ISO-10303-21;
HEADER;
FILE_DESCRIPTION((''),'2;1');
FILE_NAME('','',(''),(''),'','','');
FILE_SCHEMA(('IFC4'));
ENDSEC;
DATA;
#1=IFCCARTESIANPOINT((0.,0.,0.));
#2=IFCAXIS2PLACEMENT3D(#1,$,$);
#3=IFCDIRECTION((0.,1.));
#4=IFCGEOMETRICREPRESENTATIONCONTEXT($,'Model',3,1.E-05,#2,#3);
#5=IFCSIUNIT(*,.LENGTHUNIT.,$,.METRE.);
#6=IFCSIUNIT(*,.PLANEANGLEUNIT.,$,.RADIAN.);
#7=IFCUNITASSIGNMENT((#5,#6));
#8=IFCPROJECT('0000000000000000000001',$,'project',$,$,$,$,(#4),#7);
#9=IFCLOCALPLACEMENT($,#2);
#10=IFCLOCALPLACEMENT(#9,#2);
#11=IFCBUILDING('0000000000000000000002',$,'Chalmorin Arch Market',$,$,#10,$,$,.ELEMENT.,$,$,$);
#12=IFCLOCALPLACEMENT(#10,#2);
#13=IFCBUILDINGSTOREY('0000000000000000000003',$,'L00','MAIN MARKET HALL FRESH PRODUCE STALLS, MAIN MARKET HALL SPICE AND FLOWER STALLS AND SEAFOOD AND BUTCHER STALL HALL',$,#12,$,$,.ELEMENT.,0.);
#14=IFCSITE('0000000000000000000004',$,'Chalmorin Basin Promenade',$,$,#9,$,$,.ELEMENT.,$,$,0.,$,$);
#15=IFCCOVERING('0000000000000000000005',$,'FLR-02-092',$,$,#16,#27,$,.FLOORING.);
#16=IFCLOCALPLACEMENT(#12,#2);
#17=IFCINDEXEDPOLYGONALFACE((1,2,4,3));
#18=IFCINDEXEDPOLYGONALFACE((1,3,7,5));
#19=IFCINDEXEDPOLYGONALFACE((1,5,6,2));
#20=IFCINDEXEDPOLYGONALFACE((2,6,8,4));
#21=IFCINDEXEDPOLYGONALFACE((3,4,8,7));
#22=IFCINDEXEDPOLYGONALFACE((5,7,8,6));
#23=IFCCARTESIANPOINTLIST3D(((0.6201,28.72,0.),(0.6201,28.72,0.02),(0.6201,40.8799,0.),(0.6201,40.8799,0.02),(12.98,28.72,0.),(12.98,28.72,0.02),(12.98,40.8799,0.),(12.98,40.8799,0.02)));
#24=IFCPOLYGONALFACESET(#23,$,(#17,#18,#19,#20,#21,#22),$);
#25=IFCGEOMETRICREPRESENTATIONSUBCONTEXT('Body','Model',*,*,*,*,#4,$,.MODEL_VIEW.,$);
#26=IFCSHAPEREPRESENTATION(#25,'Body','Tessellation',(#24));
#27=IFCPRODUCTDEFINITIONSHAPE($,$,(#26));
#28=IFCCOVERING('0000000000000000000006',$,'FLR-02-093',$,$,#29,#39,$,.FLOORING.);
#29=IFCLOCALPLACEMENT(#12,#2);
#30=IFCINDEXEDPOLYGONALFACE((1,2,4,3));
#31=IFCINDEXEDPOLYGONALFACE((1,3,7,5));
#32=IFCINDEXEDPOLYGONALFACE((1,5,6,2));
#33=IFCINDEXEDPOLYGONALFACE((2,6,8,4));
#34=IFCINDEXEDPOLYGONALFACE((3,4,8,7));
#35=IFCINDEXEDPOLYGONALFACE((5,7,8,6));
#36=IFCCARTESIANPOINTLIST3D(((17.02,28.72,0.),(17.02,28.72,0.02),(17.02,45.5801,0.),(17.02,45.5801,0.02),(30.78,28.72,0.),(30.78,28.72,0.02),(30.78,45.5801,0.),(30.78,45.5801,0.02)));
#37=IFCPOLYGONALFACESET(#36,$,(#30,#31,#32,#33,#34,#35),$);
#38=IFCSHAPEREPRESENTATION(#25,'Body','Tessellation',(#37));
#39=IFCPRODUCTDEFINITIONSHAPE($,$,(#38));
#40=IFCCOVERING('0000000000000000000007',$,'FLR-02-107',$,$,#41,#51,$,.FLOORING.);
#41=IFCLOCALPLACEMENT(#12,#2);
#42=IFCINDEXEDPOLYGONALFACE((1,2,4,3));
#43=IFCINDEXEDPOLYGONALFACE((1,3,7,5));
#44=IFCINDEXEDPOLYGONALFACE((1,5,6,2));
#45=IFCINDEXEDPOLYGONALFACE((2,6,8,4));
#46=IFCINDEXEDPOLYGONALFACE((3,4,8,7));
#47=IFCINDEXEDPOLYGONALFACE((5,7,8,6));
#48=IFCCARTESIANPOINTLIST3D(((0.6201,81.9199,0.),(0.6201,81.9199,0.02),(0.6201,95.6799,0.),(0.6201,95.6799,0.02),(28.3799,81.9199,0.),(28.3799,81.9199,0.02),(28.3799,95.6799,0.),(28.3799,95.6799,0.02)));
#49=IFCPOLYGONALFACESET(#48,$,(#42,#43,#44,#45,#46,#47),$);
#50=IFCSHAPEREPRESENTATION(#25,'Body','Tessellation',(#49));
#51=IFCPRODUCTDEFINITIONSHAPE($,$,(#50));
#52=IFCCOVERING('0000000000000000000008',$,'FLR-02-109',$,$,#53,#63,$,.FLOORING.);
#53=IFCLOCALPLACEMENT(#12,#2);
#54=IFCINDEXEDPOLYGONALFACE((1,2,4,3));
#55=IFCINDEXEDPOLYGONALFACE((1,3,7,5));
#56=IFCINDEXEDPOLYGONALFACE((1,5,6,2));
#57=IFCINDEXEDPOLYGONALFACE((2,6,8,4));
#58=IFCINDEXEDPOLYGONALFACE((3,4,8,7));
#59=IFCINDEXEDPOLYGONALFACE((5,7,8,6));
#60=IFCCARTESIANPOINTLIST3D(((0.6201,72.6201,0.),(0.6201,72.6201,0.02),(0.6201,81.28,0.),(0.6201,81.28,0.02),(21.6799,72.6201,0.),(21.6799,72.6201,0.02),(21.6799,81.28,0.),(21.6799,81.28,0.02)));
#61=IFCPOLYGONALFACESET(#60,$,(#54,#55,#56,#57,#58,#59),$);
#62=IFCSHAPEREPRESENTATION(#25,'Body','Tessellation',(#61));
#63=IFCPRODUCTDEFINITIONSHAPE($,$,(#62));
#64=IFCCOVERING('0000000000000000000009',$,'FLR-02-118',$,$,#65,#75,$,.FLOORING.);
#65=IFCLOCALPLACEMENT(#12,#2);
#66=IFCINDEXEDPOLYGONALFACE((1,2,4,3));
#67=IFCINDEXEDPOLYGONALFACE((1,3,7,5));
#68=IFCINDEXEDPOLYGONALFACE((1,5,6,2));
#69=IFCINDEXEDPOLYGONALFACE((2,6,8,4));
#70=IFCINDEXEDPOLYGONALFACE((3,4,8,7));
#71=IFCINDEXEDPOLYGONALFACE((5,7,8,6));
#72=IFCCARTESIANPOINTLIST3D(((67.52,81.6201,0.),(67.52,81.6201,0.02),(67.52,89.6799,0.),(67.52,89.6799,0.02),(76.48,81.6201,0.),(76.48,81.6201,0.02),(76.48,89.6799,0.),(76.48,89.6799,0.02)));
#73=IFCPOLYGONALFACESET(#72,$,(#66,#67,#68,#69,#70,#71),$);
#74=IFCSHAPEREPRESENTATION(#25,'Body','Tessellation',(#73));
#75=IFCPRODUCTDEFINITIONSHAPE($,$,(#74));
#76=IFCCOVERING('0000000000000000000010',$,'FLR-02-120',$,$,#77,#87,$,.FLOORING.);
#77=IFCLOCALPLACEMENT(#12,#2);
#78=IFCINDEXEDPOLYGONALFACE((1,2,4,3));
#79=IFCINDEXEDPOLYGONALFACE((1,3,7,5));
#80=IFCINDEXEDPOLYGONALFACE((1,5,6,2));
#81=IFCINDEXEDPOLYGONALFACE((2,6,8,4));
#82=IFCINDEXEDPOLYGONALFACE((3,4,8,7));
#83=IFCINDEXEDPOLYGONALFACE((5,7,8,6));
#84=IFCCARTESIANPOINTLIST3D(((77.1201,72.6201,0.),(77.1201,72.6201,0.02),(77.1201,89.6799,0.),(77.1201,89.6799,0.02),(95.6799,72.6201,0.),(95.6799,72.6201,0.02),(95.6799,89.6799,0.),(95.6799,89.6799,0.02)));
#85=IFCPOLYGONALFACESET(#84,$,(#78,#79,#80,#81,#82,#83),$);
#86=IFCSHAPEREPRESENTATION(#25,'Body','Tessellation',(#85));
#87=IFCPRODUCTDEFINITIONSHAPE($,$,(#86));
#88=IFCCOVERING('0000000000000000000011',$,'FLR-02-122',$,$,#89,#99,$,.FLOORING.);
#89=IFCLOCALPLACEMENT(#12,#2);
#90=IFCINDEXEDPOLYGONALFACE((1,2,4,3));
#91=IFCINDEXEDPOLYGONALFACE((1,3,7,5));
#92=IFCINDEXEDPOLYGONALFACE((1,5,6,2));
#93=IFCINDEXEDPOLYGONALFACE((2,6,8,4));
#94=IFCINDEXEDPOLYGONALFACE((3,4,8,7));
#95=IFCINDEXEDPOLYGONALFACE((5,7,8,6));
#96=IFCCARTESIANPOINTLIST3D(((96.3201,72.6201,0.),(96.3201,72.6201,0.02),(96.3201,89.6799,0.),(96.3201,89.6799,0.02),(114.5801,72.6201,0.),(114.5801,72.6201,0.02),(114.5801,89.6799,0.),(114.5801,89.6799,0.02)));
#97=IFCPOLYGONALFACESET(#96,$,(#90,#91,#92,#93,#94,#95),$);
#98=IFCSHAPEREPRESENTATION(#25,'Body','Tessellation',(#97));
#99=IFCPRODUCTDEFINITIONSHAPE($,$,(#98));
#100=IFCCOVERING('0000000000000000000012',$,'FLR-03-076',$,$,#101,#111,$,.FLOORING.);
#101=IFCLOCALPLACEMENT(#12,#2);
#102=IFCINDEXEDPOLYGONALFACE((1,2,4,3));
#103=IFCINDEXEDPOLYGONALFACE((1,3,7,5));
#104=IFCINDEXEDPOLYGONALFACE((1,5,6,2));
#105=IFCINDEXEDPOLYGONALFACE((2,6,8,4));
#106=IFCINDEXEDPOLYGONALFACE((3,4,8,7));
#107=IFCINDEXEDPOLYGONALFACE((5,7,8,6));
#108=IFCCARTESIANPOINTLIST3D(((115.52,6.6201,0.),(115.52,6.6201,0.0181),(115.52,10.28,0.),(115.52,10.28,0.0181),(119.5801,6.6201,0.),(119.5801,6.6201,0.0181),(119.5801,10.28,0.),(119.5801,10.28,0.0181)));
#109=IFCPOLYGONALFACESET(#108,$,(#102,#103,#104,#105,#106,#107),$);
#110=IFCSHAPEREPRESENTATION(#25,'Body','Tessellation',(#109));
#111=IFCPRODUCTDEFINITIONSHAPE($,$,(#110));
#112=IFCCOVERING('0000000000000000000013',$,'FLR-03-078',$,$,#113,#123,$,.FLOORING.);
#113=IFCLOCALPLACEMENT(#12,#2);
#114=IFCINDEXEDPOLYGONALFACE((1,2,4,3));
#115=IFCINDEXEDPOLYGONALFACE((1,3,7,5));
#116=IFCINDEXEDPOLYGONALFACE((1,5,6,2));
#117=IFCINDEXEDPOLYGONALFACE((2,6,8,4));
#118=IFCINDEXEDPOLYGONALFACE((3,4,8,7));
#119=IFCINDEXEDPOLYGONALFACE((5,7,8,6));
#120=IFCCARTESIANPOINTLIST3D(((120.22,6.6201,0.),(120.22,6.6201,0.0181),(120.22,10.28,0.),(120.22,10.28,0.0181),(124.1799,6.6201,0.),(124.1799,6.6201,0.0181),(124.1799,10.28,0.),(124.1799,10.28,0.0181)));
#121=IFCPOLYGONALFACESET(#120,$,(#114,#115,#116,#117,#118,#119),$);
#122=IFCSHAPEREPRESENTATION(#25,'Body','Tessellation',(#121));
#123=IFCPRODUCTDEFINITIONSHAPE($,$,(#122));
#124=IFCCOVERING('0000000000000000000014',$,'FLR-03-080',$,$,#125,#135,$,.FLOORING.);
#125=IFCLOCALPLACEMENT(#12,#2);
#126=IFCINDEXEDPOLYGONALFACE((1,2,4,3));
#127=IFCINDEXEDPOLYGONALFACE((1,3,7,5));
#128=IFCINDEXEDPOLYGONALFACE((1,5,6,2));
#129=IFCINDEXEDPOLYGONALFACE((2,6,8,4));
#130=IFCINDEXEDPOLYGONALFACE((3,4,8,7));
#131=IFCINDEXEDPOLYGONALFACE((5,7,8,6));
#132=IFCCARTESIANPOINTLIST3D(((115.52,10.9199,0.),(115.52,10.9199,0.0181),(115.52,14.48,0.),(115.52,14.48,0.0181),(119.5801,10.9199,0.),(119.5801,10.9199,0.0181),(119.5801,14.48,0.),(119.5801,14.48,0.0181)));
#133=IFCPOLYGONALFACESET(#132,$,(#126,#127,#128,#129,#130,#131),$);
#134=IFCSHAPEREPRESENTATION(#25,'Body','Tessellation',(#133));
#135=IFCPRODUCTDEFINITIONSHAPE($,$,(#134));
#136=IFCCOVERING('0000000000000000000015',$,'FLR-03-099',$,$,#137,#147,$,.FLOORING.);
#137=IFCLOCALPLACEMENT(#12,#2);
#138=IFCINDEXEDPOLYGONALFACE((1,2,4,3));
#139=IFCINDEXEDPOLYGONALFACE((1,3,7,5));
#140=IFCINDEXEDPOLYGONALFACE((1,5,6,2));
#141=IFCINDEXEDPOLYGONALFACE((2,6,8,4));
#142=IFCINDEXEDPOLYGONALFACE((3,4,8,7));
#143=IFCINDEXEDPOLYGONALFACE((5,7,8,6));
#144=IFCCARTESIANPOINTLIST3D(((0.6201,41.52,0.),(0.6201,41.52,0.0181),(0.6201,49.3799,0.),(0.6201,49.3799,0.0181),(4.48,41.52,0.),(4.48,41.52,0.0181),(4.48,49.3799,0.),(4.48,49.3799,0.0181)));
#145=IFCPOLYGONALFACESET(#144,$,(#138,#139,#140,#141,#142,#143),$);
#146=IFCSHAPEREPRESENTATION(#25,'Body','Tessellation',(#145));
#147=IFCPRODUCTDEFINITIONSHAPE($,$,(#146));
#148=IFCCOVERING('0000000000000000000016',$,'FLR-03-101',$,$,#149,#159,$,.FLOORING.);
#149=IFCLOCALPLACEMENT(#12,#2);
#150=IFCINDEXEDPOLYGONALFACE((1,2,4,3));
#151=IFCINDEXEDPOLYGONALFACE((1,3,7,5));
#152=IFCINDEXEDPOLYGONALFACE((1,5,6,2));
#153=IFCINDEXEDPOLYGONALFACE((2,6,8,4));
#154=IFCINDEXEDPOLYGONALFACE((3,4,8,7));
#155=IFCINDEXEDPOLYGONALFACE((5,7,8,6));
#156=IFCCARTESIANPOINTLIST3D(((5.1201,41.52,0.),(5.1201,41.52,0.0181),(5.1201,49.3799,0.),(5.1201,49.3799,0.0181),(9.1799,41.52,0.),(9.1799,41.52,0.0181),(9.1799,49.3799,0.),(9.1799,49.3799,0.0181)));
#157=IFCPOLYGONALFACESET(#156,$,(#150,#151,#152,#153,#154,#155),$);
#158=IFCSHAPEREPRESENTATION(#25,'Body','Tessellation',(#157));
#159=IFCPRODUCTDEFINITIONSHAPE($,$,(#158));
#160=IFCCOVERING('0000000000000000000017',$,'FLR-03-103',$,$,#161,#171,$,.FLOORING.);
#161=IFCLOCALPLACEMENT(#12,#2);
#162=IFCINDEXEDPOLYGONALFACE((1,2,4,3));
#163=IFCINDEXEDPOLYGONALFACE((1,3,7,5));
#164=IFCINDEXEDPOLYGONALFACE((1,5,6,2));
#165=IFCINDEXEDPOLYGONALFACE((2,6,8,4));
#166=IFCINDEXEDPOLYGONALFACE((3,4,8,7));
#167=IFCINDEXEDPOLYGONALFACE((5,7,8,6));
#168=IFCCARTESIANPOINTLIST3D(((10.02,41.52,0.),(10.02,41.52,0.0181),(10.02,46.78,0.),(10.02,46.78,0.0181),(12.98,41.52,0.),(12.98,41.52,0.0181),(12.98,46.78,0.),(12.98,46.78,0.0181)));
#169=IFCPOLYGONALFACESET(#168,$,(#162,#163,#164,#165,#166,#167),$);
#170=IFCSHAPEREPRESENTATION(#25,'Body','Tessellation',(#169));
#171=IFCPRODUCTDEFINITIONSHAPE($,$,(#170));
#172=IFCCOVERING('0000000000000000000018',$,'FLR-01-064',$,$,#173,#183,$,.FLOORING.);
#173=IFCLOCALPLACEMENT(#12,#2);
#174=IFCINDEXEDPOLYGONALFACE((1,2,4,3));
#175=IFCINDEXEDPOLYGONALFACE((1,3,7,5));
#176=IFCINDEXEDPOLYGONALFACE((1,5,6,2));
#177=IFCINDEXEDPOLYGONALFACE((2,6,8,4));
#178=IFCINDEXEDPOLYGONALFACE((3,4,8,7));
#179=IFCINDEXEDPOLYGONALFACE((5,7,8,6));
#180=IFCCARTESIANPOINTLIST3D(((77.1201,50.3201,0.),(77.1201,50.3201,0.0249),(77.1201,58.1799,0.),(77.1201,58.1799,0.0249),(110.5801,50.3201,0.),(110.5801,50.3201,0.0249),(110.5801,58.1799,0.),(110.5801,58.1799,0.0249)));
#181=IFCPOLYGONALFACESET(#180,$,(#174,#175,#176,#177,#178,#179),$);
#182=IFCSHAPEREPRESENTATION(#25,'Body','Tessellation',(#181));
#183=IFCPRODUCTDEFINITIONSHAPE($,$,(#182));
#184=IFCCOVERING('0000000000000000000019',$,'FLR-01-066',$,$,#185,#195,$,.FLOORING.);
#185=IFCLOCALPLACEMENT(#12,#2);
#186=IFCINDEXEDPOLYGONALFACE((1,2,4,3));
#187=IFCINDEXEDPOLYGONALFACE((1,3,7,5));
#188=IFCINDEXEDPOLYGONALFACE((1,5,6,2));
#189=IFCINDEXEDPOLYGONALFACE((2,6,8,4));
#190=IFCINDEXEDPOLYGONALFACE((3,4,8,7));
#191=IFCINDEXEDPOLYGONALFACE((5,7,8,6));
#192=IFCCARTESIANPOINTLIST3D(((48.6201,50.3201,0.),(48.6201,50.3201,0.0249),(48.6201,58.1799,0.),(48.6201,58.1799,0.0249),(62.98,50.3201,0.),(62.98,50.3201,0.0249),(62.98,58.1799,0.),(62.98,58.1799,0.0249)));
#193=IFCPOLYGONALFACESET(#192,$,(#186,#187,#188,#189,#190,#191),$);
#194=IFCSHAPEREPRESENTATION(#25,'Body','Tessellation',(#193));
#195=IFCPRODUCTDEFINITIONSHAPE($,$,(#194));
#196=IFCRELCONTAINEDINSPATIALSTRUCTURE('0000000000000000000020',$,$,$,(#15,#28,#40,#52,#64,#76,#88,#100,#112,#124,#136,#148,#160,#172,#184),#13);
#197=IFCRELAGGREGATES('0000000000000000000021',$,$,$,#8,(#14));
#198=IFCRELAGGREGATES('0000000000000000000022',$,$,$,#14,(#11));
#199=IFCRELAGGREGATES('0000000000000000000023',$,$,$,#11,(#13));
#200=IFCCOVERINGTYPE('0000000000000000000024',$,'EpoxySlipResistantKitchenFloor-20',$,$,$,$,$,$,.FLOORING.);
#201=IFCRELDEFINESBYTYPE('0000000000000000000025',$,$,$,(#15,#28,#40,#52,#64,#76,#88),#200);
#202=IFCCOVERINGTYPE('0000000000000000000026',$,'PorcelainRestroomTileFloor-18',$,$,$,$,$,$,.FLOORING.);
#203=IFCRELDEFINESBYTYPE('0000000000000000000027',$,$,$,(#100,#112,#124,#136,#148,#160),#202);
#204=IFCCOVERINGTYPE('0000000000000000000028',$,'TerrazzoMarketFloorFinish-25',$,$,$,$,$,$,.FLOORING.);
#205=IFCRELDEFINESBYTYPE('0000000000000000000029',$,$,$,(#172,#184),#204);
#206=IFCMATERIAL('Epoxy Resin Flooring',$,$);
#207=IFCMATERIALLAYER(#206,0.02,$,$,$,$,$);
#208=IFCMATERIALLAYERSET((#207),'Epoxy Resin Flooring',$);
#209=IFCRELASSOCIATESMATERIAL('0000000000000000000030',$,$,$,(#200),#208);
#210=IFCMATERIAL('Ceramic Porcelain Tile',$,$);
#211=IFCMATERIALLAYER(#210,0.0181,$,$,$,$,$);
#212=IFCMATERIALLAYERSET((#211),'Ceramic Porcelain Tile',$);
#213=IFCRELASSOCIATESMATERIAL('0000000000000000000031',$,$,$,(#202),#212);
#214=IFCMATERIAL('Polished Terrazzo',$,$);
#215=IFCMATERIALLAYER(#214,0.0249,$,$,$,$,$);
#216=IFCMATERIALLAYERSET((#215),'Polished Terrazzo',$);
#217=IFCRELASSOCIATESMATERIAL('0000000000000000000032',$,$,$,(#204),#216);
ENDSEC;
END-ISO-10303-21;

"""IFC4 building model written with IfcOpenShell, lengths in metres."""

from ifc_helpers import new_model, si_unit, direction, origin, place, context, subcontext, project, spatial, polyline, outline, extrude, material, layer, layer_set, type_object, element, save


model = new_model("IFC4")

# Units and contexts
model_context = context("Model", 3, precision=1e-05, world=origin(), true_north=direction((0.0, 1.0)))
body_context = subcontext(model_context, "Body", "Model", "MODEL_VIEW")
ifc_project = project(units=[si_unit("LENGTHUNIT", "METRE"), si_unit("PLANEANGLEUNIT", "RADIAN")], contexts=[model_context])

# Site, building, storey
site_placement = place(None, origin())
site = spatial("IfcSite", under=ifc_project, at=site_placement, Name="Chalmorin Basin Promenade", CompositionType="ELEMENT", RefElevation=0.0)
building_placement = place(site_placement, origin())
building = spatial("IfcBuilding", under=site, at=building_placement, Name="Chalmorin Arch Market", CompositionType="ELEMENT")
storey_placement = place(building_placement, origin())
storey = spatial("IfcBuildingStorey", under=building, at=storey_placement, Name="L00", Description="MAIN MARKET HALL FRESH PRODUCE STALLS, MAIN MARKET HALL SPICE AND FLOWER STALLS AND SEAFOOD AND BUTCHER STALL HALL", CompositionType="ELEMENT", Elevation=0.0)

# Coverings
ifc_material_1 = material(Name="Epoxy Resin Flooring")
ifc_layer_1 = layer(ifc_material_1, 0.02)
ifc_layer_set_1 = layer_set([ifc_layer_1], Name="Epoxy Resin Flooring")
covering_type_1 = type_object("IfcCoveringType", Name="EpoxySlipResistantKitchenFloor-20", PredefinedType="FLOORING", material=ifc_layer_set_1)
covering_1_placement = place(storey_placement, origin())
element("IfcCovering", 1, at=covering_1_placement, inside=storey, type_object=covering_type_1, Name="FLR-02-092", PredefinedType="FLOORING", context=body_context, shape_type="SweptSolid", body=[
    extrude(outline(polyline([(0.6201, 28.72), (12.98, 28.72), (12.98, 40.8799), (0.6201, 40.8799), (0.6201, 28.72)])), origin(), (0.0, 0.0, 1.0), 0.02),
])
covering_2_placement = place(storey_placement, origin())
element("IfcCovering", 2, at=covering_2_placement, inside=storey, type_object=covering_type_1, Name="FLR-02-093", PredefinedType="FLOORING", context=body_context, shape_type="SweptSolid", body=[
    extrude(outline(polyline([(17.02, 28.72), (30.78, 28.72), (30.78, 45.5801), (17.02, 45.5801), (17.02, 28.72)])), origin(), (0.0, 0.0, 1.0), 0.02),
])
covering_3_placement = place(storey_placement, origin())
element("IfcCovering", 3, at=covering_3_placement, inside=storey, type_object=covering_type_1, Name="FLR-02-107", PredefinedType="FLOORING", context=body_context, shape_type="SweptSolid", body=[
    extrude(outline(polyline([(0.6201, 81.9199), (28.3799, 81.9199), (28.3799, 95.6799), (0.6201, 95.6799), (0.6201, 81.9199)])), origin(), (0.0, 0.0, 1.0), 0.02),
])
covering_4_placement = place(storey_placement, origin())
element("IfcCovering", 4, at=covering_4_placement, inside=storey, type_object=covering_type_1, Name="FLR-02-109", PredefinedType="FLOORING", context=body_context, shape_type="SweptSolid", body=[
    extrude(outline(polyline([(0.6201, 72.6201), (21.6799, 72.6201), (21.6799, 81.28), (0.6201, 81.28), (0.6201, 72.6201)])), origin(), (0.0, 0.0, 1.0), 0.02),
])
covering_5_placement = place(storey_placement, origin())
element("IfcCovering", 5, at=covering_5_placement, inside=storey, type_object=covering_type_1, Name="FLR-02-118", PredefinedType="FLOORING", context=body_context, shape_type="SweptSolid", body=[
    extrude(outline(polyline([(67.52, 81.6201), (76.48, 81.6201), (76.48, 89.6799), (67.52, 89.6799), (67.52, 81.6201)])), origin(), (0.0, 0.0, 1.0), 0.02),
])
covering_6_placement = place(storey_placement, origin())
element("IfcCovering", 6, at=covering_6_placement, inside=storey, type_object=covering_type_1, Name="FLR-02-120", PredefinedType="FLOORING", context=body_context, shape_type="SweptSolid", body=[
    extrude(outline(polyline([(77.1201, 72.6201), (95.6799, 72.6201), (95.6799, 89.6799), (77.1201, 89.6799), (77.1201, 72.6201)])), origin(), (0.0, 0.0, 1.0), 0.02),
])
covering_7_placement = place(storey_placement, origin())
element("IfcCovering", 7, at=covering_7_placement, inside=storey, type_object=covering_type_1, Name="FLR-02-122", PredefinedType="FLOORING", context=body_context, shape_type="SweptSolid", body=[
    extrude(outline(polyline([(96.3201, 72.6201), (114.5801, 72.6201), (114.5801, 89.6799), (96.3201, 89.6799), (96.3201, 72.6201)])), origin(), (0.0, 0.0, 1.0), 0.02),
])
ifc_material_2 = material(Name="Ceramic Porcelain Tile")
ifc_layer_2 = layer(ifc_material_2, 0.0181)
ifc_layer_set_2 = layer_set([ifc_layer_2], Name="Ceramic Porcelain Tile")
covering_type_2 = type_object("IfcCoveringType", Name="PorcelainRestroomTileFloor-18", PredefinedType="FLOORING", material=ifc_layer_set_2)
covering_8_placement = place(storey_placement, origin())
element("IfcCovering", 8, at=covering_8_placement, inside=storey, type_object=covering_type_2, Name="FLR-03-076", PredefinedType="FLOORING", context=body_context, shape_type="SweptSolid", body=[
    extrude(outline(polyline([(115.52, 6.6201), (119.5801, 6.6201), (119.5801, 10.28), (115.52, 10.28), (115.52, 6.6201)])), origin(), (0.0, 0.0, 1.0), 0.0181),
])
covering_9_placement = place(storey_placement, origin())
element("IfcCovering", 9, at=covering_9_placement, inside=storey, type_object=covering_type_2, Name="FLR-03-078", PredefinedType="FLOORING", context=body_context, shape_type="SweptSolid", body=[
    extrude(outline(polyline([(120.22, 6.6201), (124.1799, 6.6201), (124.1799, 10.28), (120.22, 10.28), (120.22, 6.6201)])), origin(), (0.0, 0.0, 1.0), 0.0181),
])
covering_10_placement = place(storey_placement, origin())
element("IfcCovering", 10, at=covering_10_placement, inside=storey, type_object=covering_type_2, Name="FLR-03-080", PredefinedType="FLOORING", context=body_context, shape_type="SweptSolid", body=[
    extrude(outline(polyline([(115.52, 10.9199), (119.5801, 10.9199), (119.5801, 14.48), (115.52, 14.48), (115.52, 10.9199)])), origin(), (0.0, 0.0, 1.0), 0.0181),
])
covering_11_placement = place(storey_placement, origin())
element("IfcCovering", 11, at=covering_11_placement, inside=storey, type_object=covering_type_2, Name="FLR-03-099", PredefinedType="FLOORING", context=body_context, shape_type="SweptSolid", body=[
    extrude(outline(polyline([(0.6201, 41.52), (4.48, 41.52), (4.48, 49.3799), (0.6201, 49.3799), (0.6201, 41.52)])), origin(), (0.0, 0.0, 1.0), 0.0181),
])
covering_12_placement = place(storey_placement, origin())
element("IfcCovering", 12, at=covering_12_placement, inside=storey, type_object=covering_type_2, Name="FLR-03-101", PredefinedType="FLOORING", context=body_context, shape_type="SweptSolid", body=[
    extrude(outline(polyline([(5.1201, 41.52), (9.1799, 41.52), (9.1799, 49.3799), (5.1201, 49.3799), (5.1201, 41.52)])), origin(), (0.0, 0.0, 1.0), 0.0181),
])
covering_13_placement = place(storey_placement, origin())
element("IfcCovering", 13, at=covering_13_placement, inside=storey, type_object=covering_type_2, Name="FLR-03-103", PredefinedType="FLOORING", context=body_context, shape_type="SweptSolid", body=[
    extrude(outline(polyline([(10.02, 41.52), (12.98, 41.52), (12.98, 46.78), (10.02, 46.78), (10.02, 41.52)])), origin(), (0.0, 0.0, 1.0), 0.0181),
])
ifc_material_3 = material(Name="Polished Terrazzo")
ifc_layer_3 = layer(ifc_material_3, 0.0249)
ifc_layer_set_3 = layer_set([ifc_layer_3], Name="Polished Terrazzo")
covering_type_3 = type_object("IfcCoveringType", Name="TerrazzoMarketFloorFinish-25", PredefinedType="FLOORING", material=ifc_layer_set_3)
covering_14_placement = place(storey_placement, origin())
element("IfcCovering", 14, at=covering_14_placement, inside=storey, type_object=covering_type_3, Name="FLR-01-064", PredefinedType="FLOORING", context=body_context, shape_type="SweptSolid", body=[
    extrude(outline(polyline([(77.1201, 50.3201), (110.5801, 50.3201), (110.5801, 58.1799), (77.1201, 58.1799), (77.1201, 50.3201)])), origin(), (0.0, 0.0, 1.0), 0.0249),
])
covering_15_placement = place(storey_placement, origin())
element("IfcCovering", 15, at=covering_15_placement, inside=storey, type_object=covering_type_3, Name="FLR-01-066", PredefinedType="FLOORING", context=body_context, shape_type="SweptSolid", body=[
    extrude(outline(polyline([(48.6201, 50.3201), (62.98, 50.3201), (62.98, 58.1799), (48.6201, 58.1799), (48.6201, 50.3201)])), origin(), (0.0, 0.0, 1.0), 0.0249),
])

save(model, "model.ifc")
